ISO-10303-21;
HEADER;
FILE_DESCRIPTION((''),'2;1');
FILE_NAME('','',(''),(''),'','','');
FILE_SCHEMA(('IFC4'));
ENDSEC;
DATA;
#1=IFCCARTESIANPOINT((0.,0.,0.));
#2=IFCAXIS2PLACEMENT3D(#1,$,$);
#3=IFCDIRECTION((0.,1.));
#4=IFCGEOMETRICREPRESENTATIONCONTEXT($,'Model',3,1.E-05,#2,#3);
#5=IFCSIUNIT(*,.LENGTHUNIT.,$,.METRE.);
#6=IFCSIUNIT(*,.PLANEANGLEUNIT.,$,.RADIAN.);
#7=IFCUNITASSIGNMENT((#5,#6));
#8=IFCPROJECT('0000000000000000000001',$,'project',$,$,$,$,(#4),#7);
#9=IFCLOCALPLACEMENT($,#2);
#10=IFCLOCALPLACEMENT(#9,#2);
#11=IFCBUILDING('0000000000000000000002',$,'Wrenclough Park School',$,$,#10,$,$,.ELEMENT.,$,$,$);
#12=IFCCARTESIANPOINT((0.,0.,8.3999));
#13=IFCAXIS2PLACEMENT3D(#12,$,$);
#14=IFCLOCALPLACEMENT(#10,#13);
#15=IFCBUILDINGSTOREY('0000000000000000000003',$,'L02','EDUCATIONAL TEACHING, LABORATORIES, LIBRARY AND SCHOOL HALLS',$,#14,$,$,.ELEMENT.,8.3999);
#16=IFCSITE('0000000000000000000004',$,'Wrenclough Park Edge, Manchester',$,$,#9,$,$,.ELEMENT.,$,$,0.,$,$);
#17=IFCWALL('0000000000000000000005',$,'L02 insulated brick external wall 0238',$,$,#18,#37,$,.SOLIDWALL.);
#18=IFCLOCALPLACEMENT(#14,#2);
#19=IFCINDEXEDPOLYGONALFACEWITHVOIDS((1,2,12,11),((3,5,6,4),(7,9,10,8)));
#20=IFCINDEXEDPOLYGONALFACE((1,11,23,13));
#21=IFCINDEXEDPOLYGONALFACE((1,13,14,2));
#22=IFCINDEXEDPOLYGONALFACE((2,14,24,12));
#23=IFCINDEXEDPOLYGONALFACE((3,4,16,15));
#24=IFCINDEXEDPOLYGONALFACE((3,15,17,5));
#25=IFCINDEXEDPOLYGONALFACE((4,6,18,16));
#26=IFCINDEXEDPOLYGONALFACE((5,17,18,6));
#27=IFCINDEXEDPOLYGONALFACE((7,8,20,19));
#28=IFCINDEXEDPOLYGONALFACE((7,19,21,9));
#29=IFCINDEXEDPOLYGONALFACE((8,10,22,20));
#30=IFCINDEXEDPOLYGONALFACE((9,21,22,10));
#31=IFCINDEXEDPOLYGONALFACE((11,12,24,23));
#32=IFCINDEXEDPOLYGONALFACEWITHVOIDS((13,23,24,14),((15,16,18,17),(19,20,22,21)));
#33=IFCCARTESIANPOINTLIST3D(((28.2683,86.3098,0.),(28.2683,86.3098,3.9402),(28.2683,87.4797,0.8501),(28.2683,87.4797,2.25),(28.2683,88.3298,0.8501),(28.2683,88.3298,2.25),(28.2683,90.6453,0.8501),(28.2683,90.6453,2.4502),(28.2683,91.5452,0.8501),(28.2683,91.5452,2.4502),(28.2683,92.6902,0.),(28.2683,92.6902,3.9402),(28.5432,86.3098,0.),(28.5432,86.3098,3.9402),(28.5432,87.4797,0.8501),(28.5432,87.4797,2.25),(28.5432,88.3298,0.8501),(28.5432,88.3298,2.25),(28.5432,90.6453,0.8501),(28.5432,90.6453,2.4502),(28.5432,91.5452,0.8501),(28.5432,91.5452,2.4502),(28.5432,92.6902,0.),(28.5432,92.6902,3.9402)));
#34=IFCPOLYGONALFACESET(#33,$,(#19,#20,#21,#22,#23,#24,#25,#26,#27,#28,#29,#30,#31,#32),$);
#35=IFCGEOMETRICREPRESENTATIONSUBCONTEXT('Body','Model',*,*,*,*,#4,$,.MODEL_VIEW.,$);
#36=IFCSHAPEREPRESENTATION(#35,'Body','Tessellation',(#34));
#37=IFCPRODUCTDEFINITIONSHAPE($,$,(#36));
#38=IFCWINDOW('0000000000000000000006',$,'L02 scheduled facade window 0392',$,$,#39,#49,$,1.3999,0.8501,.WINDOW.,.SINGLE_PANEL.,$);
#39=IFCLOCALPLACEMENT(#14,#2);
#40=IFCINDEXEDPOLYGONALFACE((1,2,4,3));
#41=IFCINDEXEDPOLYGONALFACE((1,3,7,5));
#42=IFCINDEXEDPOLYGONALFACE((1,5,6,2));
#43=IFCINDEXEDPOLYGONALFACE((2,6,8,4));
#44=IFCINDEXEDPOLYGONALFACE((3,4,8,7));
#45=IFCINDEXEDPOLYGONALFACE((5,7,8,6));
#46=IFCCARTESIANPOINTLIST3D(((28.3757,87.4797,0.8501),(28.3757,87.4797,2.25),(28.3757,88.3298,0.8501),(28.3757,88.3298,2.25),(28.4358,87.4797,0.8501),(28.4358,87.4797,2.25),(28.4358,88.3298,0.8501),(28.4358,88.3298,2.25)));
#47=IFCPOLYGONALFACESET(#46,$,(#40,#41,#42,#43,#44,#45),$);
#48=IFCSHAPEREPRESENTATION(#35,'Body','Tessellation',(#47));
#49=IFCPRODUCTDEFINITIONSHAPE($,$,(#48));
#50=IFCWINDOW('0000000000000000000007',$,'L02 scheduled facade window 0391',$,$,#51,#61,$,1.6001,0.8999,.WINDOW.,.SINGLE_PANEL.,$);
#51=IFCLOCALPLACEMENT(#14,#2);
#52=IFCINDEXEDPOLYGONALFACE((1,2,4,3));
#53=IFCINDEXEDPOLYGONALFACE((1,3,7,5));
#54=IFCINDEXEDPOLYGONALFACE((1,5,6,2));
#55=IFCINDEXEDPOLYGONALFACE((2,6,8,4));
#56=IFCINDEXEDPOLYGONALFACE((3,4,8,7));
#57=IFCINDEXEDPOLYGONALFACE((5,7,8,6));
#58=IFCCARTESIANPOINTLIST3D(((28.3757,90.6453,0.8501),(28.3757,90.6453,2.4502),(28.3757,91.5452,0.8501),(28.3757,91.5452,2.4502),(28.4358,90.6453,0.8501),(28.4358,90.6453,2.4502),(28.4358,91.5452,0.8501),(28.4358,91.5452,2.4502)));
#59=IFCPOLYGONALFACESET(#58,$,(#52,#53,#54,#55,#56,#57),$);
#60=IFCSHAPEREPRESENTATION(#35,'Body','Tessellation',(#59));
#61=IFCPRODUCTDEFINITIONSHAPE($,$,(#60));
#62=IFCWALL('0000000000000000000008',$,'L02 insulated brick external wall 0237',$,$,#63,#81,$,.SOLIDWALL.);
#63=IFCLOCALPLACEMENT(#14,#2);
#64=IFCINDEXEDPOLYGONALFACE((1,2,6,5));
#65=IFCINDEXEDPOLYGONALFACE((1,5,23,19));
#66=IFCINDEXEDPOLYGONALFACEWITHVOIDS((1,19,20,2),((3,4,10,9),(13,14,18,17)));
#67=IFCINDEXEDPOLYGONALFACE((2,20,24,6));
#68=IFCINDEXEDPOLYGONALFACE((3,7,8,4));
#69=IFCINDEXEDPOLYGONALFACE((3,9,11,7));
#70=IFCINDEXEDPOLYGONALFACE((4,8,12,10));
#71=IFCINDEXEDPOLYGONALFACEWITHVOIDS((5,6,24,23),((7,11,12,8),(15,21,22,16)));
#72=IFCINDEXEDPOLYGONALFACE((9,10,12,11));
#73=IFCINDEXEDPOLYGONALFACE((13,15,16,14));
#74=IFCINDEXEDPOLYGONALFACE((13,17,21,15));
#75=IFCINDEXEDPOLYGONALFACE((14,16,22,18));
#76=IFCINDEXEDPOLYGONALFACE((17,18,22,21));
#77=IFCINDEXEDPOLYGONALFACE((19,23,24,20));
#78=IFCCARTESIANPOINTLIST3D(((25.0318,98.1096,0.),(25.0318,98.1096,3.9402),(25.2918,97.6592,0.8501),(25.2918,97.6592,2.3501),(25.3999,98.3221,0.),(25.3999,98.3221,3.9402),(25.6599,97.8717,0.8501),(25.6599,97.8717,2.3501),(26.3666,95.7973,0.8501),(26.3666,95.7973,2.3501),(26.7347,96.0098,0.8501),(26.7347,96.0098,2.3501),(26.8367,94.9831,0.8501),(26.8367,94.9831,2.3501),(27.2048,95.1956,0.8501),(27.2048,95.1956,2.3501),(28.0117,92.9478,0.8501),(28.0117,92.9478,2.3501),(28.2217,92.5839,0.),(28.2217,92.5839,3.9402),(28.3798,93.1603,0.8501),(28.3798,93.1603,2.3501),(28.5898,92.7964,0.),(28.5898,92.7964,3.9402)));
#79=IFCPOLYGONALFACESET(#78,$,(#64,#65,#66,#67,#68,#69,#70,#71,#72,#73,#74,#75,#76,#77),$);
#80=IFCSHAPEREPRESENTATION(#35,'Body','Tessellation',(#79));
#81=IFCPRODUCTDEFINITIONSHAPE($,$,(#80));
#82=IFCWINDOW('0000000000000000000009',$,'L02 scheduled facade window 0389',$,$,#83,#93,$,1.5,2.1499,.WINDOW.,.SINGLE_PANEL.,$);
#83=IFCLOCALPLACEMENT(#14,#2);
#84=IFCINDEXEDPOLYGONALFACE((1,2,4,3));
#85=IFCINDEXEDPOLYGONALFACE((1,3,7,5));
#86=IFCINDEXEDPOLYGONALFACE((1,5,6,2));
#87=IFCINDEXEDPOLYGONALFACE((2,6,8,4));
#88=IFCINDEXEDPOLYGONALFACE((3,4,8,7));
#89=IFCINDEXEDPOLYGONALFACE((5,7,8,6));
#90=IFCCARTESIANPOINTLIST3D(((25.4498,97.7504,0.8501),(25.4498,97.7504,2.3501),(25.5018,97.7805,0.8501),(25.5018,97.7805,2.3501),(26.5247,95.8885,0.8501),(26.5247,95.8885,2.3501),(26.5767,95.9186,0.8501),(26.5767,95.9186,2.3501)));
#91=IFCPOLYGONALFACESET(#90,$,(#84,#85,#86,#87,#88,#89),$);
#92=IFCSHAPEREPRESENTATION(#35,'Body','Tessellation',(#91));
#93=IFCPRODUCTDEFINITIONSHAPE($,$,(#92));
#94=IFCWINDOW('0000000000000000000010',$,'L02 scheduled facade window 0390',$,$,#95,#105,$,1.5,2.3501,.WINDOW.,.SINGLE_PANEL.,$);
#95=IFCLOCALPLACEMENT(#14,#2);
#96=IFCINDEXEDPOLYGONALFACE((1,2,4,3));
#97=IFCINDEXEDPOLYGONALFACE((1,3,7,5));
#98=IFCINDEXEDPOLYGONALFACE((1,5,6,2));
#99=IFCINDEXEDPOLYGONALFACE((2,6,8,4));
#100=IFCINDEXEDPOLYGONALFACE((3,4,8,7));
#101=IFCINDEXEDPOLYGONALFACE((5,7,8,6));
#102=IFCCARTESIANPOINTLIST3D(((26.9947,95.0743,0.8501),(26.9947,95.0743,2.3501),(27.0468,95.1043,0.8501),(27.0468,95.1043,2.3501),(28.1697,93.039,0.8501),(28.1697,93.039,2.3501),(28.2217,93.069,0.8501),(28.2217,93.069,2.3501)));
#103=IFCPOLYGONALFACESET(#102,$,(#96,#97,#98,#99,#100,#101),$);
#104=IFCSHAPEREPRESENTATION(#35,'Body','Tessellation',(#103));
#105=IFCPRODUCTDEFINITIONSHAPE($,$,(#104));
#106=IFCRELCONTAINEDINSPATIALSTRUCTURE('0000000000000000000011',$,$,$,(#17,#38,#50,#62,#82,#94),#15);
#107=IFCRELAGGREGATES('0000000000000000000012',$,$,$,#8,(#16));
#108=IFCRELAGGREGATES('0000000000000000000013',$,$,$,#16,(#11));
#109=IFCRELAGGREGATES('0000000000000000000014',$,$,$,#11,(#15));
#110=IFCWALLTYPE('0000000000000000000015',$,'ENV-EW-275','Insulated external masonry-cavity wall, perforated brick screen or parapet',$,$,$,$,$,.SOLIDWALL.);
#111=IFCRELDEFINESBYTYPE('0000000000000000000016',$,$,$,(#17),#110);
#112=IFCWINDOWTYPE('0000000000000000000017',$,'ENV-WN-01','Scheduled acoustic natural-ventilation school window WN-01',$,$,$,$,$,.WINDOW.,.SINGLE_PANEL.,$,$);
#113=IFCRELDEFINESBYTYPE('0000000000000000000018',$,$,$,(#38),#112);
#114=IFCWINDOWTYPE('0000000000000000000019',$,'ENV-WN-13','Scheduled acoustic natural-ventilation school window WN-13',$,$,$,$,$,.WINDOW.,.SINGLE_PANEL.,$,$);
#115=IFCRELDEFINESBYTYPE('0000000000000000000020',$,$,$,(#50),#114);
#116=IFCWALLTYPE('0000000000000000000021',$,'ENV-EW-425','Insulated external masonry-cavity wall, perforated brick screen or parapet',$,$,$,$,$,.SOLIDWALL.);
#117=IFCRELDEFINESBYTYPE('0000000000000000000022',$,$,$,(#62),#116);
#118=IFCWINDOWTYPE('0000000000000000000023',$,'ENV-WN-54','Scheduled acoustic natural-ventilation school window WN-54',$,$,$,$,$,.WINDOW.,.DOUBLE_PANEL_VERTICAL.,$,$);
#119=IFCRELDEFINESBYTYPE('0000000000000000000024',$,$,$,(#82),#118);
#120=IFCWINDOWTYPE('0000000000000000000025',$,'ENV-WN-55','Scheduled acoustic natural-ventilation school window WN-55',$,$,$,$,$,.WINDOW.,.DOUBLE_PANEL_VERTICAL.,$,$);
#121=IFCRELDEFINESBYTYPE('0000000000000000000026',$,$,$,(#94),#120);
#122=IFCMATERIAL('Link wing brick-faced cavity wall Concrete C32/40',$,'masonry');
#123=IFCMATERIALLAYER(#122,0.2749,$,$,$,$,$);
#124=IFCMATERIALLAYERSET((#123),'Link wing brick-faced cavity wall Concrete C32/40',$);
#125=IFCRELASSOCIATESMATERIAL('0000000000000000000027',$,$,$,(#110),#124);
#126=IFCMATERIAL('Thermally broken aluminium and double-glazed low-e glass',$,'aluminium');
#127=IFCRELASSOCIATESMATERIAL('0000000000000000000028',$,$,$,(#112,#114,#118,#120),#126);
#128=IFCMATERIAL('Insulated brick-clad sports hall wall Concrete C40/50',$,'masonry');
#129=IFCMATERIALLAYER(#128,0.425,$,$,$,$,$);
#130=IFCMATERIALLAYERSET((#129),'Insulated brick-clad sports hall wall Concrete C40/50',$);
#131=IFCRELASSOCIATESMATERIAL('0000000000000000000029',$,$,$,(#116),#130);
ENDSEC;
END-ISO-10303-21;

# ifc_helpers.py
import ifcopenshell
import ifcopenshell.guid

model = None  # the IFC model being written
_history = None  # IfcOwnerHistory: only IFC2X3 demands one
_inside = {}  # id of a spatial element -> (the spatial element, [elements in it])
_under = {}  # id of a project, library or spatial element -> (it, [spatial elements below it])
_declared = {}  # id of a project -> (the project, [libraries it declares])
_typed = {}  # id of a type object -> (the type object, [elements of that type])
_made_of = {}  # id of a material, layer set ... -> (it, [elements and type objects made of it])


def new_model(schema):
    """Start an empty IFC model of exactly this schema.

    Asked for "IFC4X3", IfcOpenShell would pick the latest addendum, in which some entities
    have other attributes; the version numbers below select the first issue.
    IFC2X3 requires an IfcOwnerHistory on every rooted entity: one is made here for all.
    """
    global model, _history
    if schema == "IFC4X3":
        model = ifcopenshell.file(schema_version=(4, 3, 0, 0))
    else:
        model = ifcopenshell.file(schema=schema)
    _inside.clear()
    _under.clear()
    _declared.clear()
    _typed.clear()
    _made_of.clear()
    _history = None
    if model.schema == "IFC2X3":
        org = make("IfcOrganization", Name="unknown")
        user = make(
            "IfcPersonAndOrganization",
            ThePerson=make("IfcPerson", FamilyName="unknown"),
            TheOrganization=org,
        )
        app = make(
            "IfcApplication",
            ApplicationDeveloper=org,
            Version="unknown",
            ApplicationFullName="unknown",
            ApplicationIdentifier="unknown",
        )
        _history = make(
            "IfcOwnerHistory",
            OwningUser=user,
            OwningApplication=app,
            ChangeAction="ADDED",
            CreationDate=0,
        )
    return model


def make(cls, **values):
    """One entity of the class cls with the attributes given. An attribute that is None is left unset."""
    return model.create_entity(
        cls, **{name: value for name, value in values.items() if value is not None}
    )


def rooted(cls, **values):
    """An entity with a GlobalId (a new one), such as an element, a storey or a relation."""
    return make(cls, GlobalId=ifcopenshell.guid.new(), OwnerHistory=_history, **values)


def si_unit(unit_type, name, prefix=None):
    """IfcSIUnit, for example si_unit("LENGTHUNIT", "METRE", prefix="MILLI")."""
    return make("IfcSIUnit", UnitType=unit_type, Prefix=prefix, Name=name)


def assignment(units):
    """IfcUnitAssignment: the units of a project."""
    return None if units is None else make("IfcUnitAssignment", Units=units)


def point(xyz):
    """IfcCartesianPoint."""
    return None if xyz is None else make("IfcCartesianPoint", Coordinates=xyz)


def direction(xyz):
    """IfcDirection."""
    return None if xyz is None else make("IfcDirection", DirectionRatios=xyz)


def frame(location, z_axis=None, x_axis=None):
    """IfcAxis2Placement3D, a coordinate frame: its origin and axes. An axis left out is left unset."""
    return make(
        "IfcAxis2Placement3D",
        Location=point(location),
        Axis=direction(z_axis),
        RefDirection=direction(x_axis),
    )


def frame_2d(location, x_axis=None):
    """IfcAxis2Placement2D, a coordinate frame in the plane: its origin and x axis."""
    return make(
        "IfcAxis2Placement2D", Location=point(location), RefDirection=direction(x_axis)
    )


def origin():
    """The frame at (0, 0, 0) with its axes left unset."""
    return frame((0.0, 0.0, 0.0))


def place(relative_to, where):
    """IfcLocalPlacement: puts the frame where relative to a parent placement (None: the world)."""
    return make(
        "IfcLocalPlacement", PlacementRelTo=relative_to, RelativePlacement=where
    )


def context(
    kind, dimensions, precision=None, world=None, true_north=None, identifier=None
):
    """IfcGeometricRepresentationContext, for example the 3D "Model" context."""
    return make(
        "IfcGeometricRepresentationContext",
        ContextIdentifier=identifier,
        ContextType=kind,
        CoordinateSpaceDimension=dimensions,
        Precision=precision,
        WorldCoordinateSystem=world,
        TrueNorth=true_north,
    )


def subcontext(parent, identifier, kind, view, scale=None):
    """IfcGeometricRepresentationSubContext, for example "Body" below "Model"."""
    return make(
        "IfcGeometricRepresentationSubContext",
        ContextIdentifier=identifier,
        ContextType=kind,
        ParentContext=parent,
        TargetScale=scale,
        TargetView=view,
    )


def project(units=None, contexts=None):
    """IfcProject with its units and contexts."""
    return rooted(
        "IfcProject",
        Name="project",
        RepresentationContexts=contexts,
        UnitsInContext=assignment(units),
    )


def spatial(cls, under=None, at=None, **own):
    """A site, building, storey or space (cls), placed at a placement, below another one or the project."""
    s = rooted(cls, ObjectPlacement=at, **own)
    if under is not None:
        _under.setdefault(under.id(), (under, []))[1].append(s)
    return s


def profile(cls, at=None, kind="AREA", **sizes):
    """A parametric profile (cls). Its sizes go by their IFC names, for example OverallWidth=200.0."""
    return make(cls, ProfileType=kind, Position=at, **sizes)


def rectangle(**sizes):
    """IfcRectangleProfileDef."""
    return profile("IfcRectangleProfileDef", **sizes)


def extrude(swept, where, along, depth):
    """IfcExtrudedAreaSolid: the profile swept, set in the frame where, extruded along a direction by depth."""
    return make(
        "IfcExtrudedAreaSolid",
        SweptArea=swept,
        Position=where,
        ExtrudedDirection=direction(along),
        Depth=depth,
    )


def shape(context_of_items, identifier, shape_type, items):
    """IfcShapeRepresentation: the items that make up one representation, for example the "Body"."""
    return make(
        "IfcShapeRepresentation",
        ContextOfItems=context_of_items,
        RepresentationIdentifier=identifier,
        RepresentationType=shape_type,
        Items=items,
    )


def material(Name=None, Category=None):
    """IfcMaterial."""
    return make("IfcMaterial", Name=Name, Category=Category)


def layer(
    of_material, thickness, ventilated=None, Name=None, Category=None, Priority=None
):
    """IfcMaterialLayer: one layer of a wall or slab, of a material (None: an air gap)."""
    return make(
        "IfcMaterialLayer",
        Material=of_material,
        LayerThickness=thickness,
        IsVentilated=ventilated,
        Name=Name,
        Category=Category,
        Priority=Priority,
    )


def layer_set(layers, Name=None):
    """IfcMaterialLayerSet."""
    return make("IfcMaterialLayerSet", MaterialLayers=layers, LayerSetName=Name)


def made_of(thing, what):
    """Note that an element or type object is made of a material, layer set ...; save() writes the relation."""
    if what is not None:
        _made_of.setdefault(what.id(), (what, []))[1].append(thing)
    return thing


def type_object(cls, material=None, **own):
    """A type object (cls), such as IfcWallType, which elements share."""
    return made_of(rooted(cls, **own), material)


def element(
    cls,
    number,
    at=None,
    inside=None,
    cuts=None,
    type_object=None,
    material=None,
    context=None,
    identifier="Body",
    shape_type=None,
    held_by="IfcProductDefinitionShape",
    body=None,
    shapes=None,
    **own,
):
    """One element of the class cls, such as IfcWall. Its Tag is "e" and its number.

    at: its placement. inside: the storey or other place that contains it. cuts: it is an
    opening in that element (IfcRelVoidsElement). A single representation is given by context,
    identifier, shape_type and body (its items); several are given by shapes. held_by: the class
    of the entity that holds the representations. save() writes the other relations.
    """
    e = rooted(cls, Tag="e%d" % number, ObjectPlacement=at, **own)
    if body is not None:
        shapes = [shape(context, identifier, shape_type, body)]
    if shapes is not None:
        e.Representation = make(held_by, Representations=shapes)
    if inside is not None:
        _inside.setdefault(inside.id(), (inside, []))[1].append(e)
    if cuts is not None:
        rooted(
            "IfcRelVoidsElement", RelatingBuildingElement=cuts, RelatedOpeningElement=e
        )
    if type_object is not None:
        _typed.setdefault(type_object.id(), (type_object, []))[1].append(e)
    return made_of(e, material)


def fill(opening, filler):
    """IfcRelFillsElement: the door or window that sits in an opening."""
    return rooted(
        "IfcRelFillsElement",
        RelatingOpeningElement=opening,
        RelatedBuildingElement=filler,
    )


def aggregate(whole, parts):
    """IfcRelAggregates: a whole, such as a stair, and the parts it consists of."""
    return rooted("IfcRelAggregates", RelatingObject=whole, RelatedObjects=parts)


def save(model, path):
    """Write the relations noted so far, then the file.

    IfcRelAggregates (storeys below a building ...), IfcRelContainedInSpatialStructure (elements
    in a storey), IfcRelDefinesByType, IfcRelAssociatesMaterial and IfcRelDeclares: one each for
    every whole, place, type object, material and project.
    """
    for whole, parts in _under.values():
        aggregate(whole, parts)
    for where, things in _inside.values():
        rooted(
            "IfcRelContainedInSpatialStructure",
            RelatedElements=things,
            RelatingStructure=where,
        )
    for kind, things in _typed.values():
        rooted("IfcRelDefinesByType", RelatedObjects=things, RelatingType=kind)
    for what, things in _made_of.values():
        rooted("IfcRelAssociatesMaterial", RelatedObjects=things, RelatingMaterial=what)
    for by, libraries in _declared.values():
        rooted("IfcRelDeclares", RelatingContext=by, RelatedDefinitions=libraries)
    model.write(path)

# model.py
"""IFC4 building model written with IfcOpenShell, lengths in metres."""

from ifc_helpers import new_model, si_unit, direction, frame, frame_2d, origin, place, context, subcontext, project, spatial, rectangle, extrude, material, layer, layer_set, type_object, element, fill, save


model = new_model("IFC4")

# Units and contexts
model_context = context("Model", 3, precision=1e-05, world=origin(), true_north=direction((0.0, 1.0)))
body_context = subcontext(model_context, "Body", "Model", "MODEL_VIEW")
ifc_project = project(units=[si_unit("LENGTHUNIT", "METRE"), si_unit("PLANEANGLEUNIT", "RADIAN")], contexts=[model_context])

# Site, building, storey
site_placement = place(None, origin())
site = spatial("IfcSite", under=ifc_project, at=site_placement, Name="Wrenclough Park Edge, Manchester", CompositionType="ELEMENT", RefElevation=0.0)
building_placement = place(site_placement, origin())
building = spatial("IfcBuilding", under=site, at=building_placement, Name="Wrenclough Park School", CompositionType="ELEMENT")
storey_placement = place(building_placement, frame((0.0, 0.0, 8.3999)))
storey = spatial("IfcBuildingStorey", under=building, at=storey_placement, Name="L02", Description="EDUCATIONAL TEACHING, LABORATORIES, LIBRARY AND SCHOOL HALLS", CompositionType="ELEMENT", Elevation=8.3999)

# Walls, openings, windows
ifc_material_1 = material(Name="Link wing brick-faced cavity wall Concrete C32/40", Category="masonry")
ifc_layer_1 = layer(ifc_material_1, 0.2749)
ifc_layer_set_1 = layer_set([ifc_layer_1], Name="Link wing brick-faced cavity wall Concrete C32/40")
wall_type_1 = type_object("IfcWallType", Name="ENV-EW-275", Description="Insulated external masonry-cavity wall, perforated brick screen or parapet", PredefinedType="SOLIDWALL", material=ifc_layer_set_1)
wall_1_placement = place(storey_placement, frame((28.4058, 92.6902, 0.0), z_axis=(0.0, 0.0, 1.0), x_axis=(0.0, -1.0, 0.0)))
wall_1 = element("IfcWall", 1, at=wall_1_placement, inside=storey, type_object=wall_type_1, Name="L02 insulated brick external wall 0238", PredefinedType="SOLIDWALL", context=body_context, shape_type="SweptSolid", body=[
    extrude(rectangle(XDim=6.3804, YDim=0.2749, at=frame_2d((3.1902, 0.0))), origin(), (0.0, 0.0, 1.0), 3.9402),
])
opening_1_placement = place(wall_1_placement, frame((1.145, 0.0, 0.8501)))
opening_1 = element("IfcOpeningElement", 2, at=opening_1_placement, cuts=wall_1, PredefinedType="OPENING", context=body_context, shape_type="SweptSolid", body=[
    extrude(rectangle(XDim=0.8999, YDim=1.6001, at=frame_2d((0.45, 0.8))), frame((0.0, 0.1475, 0.0), z_axis=(0.0, -1.0, 0.0), x_axis=(1.0, 0.0, 0.0)), (0.0, 0.0, 1.0), 0.2949),
])
opening_2_placement = place(wall_1_placement, frame((4.3604, 0.0, 0.8501)))
opening_2 = element("IfcOpeningElement", 3, at=opening_2_placement, cuts=wall_1, PredefinedType="OPENING", context=body_context, shape_type="SweptSolid", body=[
    extrude(rectangle(XDim=0.8501, YDim=1.3999, at=frame_2d((0.425, 0.7))), frame((0.0, 0.1475, 0.0), z_axis=(0.0, -1.0, 0.0), x_axis=(1.0, 0.0, 0.0)), (0.0, 0.0, 1.0), 0.2949),
])
ifc_material_2 = material(Name="Thermally broken aluminium and double-glazed low-e glass", Category="aluminium")
window_type_1 = type_object("IfcWindowType", Name="ENV-WN-01", Description="Scheduled acoustic natural-ventilation school window WN-01", PartitioningType="SINGLE_PANEL", PredefinedType="WINDOW", material=ifc_material_2)
window_1_placement = place(opening_2_placement, origin())
window_1 = element("IfcWindow", 4, at=window_1_placement, inside=storey, type_object=window_type_1, Name="L02 scheduled facade window 0392", OverallHeight=1.3999, OverallWidth=0.8501, PartitioningType="SINGLE_PANEL", PredefinedType="WINDOW", context=body_context, shape_type="SweptSolid", body=[
    extrude(rectangle(XDim=0.8501, YDim=1.3999, at=frame_2d((0.425, 0.7))), frame((0.0, 0.03, 0.0), z_axis=(0.0, -1.0, 0.0), x_axis=(1.0, 0.0, 0.0)), (0.0, 0.0, 1.0), 0.0601),
])
fill(opening_2, window_1)
window_type_2 = type_object("IfcWindowType", Name="ENV-WN-13", Description="Scheduled acoustic natural-ventilation school window WN-13", PartitioningType="SINGLE_PANEL", PredefinedType="WINDOW", material=ifc_material_2)
window_2_placement = place(opening_1_placement, origin())
window_2 = element("IfcWindow", 5, at=window_2_placement, inside=storey, type_object=window_type_2, Name="L02 scheduled facade window 0391", OverallHeight=1.6001, OverallWidth=0.8999, PartitioningType="SINGLE_PANEL", PredefinedType="WINDOW", context=body_context, shape_type="SweptSolid", body=[
    extrude(rectangle(XDim=0.8999, YDim=1.6001, at=frame_2d((0.45, 0.8))), frame((0.0, 0.03, 0.0), z_axis=(0.0, -1.0, 0.0), x_axis=(1.0, 0.0, 0.0)), (0.0, 0.0, 1.0), 0.0601),
])
fill(opening_1, window_2)
ifc_material_3 = material(Name="Insulated brick-clad sports hall wall Concrete C40/50", Category="masonry")
ifc_layer_2 = layer(ifc_material_3, 0.425)
ifc_layer_set_2 = layer_set([ifc_layer_2], Name="Insulated brick-clad sports hall wall Concrete C40/50")
wall_type_2 = type_object("IfcWallType", Name="ENV-EW-425", Description="Insulated external masonry-cavity wall, perforated brick screen or parapet", PredefinedType="SOLIDWALL", material=ifc_layer_set_2)
wall_2_placement = place(storey_placement, frame((25.2158, 98.2158, 0.0), z_axis=(0.0, 0.0, 1.0), x_axis=(0.499966, -0.866045, 0.0)))
wall_2 = element("IfcWall", 6, at=wall_2_placement, inside=storey, type_object=wall_type_2, Name="L02 insulated brick external wall 0237", PredefinedType="SOLIDWALL", context=body_context, shape_type="SweptSolid", body=[
    extrude(rectangle(XDim=6.3804, YDim=0.425, at=frame_2d((3.1902, 0.0))), origin(), (0.0, 0.0, 1.0), 3.9402),
])
opening_3_placement = place(wall_2_placement, frame((0.52, 0.0, 0.8501)))
opening_3 = element("IfcOpeningElement", 7, at=opening_3_placement, cuts=wall_2, PredefinedType="OPENING", context=body_context, shape_type="SweptSolid", body=[
    extrude(rectangle(XDim=2.1499, YDim=1.5, at=frame_2d((1.075, 0.75))), frame((0.0, 0.2224, 0.0), z_axis=(0.0, -1.0, 0.0), x_axis=(1.0, 0.0, 0.0)), (0.0, 0.0, 1.0), 0.4451),
])
opening_4_placement = place(wall_2_placement, frame((3.6101, 0.0, 0.8501)))
opening_4 = element("IfcOpeningElement", 8, at=opening_4_placement, cuts=wall_2, PredefinedType="OPENING", context=body_context, shape_type="SweptSolid", body=[
    extrude(rectangle(XDim=2.3501, YDim=1.5, at=frame_2d((1.175, 0.75))), frame((0.0, 0.2224, 0.0), z_axis=(0.0, -1.0, 0.0), x_axis=(1.0, 0.0, 0.0)), (0.0, 0.0, 1.0), 0.4451),
])
window_type_3 = type_object("IfcWindowType", Name="ENV-WN-54", Description="Scheduled acoustic natural-ventilation school window WN-54", PartitioningType="DOUBLE_PANEL_VERTICAL", PredefinedType="WINDOW", material=ifc_material_2)
window_3_placement = place(opening_3_placement, origin())
window_3 = element("IfcWindow", 9, at=window_3_placement, inside=storey, type_object=window_type_3, Name="L02 scheduled facade window 0389", OverallHeight=1.5, OverallWidth=2.1499, PartitioningType="SINGLE_PANEL", PredefinedType="WINDOW", context=body_context, shape_type="SweptSolid", body=[
    extrude(rectangle(XDim=2.1499, YDim=1.5, at=frame_2d((1.075, 0.75))), frame((0.0, 0.03, 0.0), z_axis=(0.0, -1.0, 0.0), x_axis=(1.0, 0.0, 0.0)), (0.0, 0.0, 1.0), 0.0601),
])
fill(opening_3, window_3)
window_type_4 = type_object("IfcWindowType", Name="ENV-WN-55", Description="Scheduled acoustic natural-ventilation school window WN-55", PartitioningType="DOUBLE_PANEL_VERTICAL", PredefinedType="WINDOW", material=ifc_material_2)
window_4_placement = place(opening_4_placement, origin())
window_4 = element("IfcWindow", 10, at=window_4_placement, inside=storey, type_object=window_type_4, Name="L02 scheduled facade window 0390", OverallHeight=1.5, OverallWidth=2.3501, PartitioningType="SINGLE_PANEL", PredefinedType="WINDOW", context=body_context, shape_type="SweptSolid", body=[
    extrude(rectangle(XDim=2.3501, YDim=1.5, at=frame_2d((1.175, 0.75))), frame((0.0, 0.03, 0.0), z_axis=(0.0, -1.0, 0.0), x_axis=(1.0, 0.0, 0.0)), (0.0, 0.0, 1.0), 0.0601),
])
fill(opening_4, window_4)

save(model, "model.ifc")
